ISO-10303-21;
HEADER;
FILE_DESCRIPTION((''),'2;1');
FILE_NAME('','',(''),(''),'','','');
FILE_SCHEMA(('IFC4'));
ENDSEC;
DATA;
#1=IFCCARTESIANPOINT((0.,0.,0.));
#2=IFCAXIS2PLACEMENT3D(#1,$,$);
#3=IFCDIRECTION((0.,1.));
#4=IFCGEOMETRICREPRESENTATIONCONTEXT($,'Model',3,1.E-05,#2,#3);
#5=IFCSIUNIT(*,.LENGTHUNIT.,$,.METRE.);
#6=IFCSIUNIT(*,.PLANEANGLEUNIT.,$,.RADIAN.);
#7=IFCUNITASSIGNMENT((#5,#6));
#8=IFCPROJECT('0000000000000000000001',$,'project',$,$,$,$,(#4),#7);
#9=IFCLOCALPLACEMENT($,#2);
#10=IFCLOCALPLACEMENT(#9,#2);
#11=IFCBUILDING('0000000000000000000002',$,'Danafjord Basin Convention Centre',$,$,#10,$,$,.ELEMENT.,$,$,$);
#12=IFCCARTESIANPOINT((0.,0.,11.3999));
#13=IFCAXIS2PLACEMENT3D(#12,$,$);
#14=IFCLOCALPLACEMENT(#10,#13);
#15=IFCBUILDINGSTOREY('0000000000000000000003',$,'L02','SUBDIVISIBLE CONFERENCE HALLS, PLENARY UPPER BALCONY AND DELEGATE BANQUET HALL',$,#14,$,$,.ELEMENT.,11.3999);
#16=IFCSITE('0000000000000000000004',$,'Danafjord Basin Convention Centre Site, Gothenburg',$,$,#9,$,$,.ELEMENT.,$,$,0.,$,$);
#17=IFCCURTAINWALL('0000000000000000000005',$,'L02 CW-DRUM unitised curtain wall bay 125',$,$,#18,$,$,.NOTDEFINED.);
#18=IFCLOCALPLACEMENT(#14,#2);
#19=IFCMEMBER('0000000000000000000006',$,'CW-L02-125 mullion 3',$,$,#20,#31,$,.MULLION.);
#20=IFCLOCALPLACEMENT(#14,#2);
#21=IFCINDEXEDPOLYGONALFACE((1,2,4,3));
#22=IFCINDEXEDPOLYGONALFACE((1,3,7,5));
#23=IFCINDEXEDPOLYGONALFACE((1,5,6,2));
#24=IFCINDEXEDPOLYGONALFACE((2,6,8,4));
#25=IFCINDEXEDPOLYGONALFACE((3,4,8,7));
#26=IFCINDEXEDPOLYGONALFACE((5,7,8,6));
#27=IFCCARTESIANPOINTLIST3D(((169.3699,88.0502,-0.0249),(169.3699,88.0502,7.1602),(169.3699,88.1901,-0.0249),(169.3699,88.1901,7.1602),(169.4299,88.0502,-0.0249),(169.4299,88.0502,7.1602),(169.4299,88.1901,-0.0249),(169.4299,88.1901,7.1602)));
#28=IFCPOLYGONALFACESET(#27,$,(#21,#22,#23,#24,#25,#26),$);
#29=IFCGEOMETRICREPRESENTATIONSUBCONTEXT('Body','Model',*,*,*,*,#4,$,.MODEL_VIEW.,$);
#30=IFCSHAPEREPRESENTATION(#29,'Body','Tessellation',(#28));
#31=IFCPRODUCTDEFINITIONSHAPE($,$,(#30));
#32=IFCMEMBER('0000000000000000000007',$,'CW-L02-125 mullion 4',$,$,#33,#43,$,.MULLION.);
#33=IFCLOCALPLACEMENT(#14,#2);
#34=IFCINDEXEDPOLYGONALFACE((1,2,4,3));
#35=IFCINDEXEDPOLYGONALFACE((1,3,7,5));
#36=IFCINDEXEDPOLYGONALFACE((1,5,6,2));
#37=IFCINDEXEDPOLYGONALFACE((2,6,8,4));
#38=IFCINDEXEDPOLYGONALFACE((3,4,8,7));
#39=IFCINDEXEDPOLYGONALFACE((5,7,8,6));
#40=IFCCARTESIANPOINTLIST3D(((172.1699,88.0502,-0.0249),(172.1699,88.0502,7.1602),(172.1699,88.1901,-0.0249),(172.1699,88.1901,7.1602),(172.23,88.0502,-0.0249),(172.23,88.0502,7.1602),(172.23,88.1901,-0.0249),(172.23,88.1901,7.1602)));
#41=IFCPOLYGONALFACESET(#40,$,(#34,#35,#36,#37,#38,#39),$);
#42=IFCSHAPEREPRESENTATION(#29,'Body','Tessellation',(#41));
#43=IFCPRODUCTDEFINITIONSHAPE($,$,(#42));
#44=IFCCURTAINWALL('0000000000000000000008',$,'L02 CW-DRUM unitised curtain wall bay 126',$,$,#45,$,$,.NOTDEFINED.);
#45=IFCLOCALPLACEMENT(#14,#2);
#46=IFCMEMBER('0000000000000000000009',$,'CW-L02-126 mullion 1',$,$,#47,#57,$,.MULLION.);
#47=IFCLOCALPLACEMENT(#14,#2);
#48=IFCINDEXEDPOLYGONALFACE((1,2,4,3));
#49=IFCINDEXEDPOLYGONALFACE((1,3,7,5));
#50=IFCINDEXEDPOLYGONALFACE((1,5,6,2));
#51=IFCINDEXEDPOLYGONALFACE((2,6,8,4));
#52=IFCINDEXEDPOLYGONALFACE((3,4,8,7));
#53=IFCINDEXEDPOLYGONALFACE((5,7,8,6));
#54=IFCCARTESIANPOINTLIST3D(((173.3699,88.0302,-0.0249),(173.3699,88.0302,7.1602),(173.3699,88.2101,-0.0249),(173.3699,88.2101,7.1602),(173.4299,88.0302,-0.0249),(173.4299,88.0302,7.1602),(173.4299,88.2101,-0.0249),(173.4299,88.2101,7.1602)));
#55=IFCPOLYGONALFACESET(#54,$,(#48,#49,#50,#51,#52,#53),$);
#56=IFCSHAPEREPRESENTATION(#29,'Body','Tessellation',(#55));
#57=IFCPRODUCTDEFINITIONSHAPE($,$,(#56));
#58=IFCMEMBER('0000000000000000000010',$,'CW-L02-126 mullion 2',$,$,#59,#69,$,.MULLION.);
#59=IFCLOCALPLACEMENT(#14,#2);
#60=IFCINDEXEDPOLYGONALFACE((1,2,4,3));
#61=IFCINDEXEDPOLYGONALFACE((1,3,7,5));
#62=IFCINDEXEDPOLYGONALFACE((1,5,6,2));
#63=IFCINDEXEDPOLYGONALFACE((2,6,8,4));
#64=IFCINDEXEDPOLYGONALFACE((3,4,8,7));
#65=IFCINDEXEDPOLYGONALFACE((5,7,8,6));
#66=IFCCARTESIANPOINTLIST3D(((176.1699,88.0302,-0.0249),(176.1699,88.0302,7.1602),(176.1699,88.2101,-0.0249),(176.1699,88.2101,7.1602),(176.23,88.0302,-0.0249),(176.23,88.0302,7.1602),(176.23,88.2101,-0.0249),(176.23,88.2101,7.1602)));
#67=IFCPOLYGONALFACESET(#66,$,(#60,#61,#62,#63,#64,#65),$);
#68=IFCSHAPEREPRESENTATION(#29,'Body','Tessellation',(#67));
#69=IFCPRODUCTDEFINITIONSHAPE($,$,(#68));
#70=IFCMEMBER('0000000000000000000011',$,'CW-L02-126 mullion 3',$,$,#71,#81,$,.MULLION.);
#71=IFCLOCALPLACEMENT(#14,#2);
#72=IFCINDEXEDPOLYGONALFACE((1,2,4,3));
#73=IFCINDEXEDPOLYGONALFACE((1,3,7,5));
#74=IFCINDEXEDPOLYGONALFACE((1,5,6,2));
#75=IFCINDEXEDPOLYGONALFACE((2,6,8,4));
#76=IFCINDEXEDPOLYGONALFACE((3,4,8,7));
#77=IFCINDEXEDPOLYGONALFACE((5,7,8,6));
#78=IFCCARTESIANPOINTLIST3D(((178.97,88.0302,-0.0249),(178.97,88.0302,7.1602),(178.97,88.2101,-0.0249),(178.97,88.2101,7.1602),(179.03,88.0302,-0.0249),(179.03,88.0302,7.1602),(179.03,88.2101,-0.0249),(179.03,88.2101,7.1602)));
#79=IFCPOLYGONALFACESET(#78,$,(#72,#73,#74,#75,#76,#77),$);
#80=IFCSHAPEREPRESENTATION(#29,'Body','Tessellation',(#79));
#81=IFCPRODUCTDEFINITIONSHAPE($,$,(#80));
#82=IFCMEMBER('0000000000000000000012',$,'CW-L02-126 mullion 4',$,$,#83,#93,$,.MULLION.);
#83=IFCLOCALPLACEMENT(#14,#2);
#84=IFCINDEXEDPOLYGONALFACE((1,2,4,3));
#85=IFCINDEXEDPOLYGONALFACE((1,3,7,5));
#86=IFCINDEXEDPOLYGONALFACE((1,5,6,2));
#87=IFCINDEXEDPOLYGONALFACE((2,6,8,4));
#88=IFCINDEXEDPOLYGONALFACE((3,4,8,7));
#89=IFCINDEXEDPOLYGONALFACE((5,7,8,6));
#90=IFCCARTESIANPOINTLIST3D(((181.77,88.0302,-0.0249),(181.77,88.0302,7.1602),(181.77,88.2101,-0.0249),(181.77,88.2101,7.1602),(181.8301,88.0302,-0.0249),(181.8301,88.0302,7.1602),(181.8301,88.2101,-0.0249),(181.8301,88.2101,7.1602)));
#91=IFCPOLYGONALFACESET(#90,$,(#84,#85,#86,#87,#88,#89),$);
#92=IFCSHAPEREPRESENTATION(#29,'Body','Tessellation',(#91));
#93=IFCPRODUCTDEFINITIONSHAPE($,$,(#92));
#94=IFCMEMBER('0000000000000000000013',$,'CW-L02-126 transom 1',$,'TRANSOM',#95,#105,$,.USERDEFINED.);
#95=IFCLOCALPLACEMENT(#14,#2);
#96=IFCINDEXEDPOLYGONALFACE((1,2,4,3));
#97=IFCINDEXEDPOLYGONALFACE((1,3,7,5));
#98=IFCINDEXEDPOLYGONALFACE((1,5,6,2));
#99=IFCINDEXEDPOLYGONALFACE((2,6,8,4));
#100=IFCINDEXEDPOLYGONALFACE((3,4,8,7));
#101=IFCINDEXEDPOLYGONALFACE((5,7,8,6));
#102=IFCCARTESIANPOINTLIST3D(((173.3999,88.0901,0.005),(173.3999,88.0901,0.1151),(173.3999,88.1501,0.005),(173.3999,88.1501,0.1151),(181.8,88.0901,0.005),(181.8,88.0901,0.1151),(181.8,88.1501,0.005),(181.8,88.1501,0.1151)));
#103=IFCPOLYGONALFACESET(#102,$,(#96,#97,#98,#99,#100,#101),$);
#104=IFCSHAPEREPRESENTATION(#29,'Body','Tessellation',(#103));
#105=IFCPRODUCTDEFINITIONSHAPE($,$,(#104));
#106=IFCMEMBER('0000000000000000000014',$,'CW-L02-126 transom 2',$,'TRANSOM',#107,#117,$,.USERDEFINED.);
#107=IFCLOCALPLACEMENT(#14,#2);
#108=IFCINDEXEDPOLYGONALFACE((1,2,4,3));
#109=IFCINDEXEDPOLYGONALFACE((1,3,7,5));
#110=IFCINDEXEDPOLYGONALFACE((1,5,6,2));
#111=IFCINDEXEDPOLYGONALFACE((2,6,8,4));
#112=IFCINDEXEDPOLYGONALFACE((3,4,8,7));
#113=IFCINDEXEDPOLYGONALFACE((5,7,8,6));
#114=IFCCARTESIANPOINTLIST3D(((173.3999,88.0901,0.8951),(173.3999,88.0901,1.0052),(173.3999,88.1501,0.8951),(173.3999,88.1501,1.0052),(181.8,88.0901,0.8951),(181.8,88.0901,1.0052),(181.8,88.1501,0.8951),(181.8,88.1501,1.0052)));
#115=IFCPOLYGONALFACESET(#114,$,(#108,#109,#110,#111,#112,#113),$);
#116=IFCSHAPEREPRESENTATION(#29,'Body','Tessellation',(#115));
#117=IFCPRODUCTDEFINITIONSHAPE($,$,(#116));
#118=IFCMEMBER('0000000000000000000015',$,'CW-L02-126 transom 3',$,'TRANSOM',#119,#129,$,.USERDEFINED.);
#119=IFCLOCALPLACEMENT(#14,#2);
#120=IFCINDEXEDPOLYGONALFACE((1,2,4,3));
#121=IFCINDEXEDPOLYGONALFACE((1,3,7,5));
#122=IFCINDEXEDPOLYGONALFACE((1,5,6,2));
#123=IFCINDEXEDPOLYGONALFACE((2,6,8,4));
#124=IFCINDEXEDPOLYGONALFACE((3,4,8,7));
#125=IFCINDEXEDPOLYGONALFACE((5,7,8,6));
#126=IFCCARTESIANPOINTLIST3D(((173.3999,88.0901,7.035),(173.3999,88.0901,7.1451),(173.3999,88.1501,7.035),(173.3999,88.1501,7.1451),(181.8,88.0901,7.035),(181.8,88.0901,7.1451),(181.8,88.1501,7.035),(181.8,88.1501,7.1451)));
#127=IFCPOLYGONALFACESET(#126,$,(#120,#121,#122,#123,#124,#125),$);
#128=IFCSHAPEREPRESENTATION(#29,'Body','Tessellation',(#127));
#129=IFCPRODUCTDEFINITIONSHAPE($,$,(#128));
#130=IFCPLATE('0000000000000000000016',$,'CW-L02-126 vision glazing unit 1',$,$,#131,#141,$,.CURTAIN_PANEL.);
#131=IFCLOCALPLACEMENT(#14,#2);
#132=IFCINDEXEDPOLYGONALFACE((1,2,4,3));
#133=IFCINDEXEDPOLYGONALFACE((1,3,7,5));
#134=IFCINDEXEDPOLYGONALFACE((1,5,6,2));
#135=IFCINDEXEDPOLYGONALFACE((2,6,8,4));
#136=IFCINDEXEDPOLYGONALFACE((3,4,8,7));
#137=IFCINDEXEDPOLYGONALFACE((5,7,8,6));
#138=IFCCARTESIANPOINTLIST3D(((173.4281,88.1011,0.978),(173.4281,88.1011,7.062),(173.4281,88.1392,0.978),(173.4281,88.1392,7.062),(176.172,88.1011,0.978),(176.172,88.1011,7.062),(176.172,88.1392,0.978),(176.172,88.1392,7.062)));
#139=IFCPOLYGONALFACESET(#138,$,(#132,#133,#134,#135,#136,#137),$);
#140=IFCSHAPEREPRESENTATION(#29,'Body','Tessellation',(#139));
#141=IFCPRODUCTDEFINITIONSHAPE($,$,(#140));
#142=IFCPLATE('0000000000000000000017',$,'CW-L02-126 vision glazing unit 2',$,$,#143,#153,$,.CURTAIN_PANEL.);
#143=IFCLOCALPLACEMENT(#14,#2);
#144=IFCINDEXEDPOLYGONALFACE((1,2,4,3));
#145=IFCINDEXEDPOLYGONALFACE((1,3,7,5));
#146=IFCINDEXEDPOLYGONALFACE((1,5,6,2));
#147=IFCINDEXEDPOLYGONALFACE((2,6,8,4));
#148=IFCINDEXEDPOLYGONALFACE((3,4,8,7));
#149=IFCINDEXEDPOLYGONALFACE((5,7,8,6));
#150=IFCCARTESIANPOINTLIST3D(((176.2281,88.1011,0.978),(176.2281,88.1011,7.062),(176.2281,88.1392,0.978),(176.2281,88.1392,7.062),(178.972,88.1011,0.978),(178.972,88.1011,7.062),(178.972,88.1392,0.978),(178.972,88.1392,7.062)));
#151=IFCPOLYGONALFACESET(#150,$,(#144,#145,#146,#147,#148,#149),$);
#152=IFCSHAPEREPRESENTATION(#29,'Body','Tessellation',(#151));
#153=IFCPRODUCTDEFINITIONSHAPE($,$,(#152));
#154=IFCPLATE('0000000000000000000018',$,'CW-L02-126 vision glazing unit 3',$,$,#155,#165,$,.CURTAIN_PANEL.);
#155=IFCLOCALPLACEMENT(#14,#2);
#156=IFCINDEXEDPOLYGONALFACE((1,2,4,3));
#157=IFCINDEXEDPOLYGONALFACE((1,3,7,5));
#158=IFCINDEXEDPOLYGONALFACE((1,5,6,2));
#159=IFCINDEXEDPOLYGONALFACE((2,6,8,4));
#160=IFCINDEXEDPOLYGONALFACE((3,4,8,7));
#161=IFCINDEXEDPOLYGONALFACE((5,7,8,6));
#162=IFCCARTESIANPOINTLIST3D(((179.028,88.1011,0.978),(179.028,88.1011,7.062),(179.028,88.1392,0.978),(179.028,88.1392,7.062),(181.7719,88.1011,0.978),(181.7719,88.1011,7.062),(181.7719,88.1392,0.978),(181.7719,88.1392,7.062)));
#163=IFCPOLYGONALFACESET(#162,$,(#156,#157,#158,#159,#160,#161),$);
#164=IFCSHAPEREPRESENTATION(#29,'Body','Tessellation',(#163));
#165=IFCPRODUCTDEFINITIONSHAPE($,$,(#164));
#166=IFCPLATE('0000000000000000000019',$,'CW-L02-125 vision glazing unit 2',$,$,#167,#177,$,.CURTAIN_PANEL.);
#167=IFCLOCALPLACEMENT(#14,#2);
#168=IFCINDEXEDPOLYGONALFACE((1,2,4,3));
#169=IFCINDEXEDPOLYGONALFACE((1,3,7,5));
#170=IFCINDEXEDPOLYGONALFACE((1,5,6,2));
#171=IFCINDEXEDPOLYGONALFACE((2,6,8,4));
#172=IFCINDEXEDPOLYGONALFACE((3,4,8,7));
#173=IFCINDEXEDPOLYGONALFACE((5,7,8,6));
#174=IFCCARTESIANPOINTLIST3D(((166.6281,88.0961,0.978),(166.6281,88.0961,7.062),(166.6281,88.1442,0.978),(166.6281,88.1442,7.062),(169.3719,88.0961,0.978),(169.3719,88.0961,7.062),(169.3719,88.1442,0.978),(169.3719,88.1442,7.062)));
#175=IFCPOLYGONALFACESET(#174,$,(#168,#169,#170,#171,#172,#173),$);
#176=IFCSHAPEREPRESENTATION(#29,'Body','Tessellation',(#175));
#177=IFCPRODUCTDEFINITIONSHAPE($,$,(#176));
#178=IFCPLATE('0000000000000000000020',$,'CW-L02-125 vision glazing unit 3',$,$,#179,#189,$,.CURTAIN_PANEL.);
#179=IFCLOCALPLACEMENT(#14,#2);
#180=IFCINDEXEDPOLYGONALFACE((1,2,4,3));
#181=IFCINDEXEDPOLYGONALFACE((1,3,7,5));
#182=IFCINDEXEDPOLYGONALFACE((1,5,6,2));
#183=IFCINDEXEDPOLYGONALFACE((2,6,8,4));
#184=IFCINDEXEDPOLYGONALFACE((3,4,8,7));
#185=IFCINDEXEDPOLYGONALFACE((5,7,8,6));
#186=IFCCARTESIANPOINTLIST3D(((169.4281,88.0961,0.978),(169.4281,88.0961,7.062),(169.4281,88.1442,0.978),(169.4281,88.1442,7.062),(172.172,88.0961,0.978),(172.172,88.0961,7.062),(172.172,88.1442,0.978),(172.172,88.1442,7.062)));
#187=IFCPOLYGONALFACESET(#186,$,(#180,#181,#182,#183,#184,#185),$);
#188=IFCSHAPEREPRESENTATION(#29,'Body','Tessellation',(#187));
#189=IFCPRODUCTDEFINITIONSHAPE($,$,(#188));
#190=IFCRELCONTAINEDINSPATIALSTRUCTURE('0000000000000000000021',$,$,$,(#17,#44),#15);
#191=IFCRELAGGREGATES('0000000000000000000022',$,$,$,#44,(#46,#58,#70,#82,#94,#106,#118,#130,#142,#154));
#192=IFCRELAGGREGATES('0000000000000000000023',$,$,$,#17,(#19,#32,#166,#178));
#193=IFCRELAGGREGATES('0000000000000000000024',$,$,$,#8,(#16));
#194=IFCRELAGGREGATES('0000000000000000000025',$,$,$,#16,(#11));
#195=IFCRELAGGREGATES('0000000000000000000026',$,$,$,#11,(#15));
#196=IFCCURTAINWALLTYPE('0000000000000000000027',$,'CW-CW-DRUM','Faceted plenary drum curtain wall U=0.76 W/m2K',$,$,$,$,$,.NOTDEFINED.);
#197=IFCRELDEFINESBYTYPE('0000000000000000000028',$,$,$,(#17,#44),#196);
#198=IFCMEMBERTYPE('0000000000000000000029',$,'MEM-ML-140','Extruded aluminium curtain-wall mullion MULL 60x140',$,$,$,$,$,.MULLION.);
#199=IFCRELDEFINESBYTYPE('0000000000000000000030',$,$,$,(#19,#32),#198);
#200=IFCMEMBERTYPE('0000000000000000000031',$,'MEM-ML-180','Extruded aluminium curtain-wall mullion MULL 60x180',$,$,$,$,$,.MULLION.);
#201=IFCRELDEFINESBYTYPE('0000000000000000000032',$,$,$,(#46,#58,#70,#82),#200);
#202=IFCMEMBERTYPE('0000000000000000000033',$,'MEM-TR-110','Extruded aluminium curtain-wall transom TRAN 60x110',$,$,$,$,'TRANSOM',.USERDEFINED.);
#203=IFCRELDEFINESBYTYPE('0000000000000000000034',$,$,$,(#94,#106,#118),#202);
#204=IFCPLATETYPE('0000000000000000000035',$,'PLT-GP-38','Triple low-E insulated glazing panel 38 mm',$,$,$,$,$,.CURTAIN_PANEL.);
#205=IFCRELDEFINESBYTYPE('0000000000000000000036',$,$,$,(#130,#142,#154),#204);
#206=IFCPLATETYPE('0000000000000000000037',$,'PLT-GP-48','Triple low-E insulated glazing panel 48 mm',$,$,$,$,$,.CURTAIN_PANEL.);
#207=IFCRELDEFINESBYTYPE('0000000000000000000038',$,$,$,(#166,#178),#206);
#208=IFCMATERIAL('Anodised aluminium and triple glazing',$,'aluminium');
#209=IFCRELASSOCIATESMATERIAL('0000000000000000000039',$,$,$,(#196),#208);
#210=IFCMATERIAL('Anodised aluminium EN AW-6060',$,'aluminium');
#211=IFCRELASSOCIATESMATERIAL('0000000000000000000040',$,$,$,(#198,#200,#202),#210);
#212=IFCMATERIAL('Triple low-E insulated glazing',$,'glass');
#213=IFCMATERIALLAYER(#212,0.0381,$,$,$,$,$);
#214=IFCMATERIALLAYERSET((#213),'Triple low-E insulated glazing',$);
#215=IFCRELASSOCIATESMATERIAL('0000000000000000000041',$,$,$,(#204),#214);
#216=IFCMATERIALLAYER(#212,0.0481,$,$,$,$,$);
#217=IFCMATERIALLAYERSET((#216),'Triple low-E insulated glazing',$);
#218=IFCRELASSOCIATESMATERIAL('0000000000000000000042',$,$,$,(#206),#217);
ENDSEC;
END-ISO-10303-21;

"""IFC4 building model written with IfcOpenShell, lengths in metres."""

from ifc_helpers import new_model, si_unit, direction, frame, origin, origin_2d, place, context, subcontext, project, spatial, rectangle, extrude, material, layer, layer_set, material_profile, profile_set, type_object, element, aggregate, save


model = new_model("IFC4")

# Units and contexts
model_context = context("Model", 3, precision=1e-05, world=origin(), true_north=direction((0.0, 1.0)))
body_context = subcontext(model_context, "Body", "Model", "MODEL_VIEW")
ifc_project = project(units=[si_unit("LENGTHUNIT", "METRE"), si_unit("PLANEANGLEUNIT", "RADIAN")], contexts=[model_context])

# Site, building, storey
site_placement = place(None, origin())
site = spatial("IfcSite", under=ifc_project, at=site_placement, Name="Danafjord Basin Convention Centre Site, Gothenburg", CompositionType="ELEMENT", RefElevation=0.0)
building_placement = place(site_placement, origin())
building = spatial("IfcBuilding", under=site, at=building_placement, Name="Danafjord Basin Convention Centre", CompositionType="ELEMENT")
storey_placement = place(building_placement, frame((0.0, 0.0, 11.3999)))
storey = spatial("IfcBuildingStorey", under=building, at=storey_placement, Name="L02", Description="SUBDIVISIBLE CONFERENCE HALLS, PLENARY UPPER BALCONY AND DELEGATE BANQUET HALL", CompositionType="ELEMENT", Elevation=11.3999)

# Curtain wall, members
ifc_material_1 = material(Name="Anodised aluminium and triple glazing", Category="aluminium")
curtain_wall_type = type_object("IfcCurtainWallType", Name="CW-CW-DRUM", Description="Faceted plenary drum curtain wall U=0.76 W/m2K", PredefinedType="NOTDEFINED", material=ifc_material_1)
curtain_wall_1_placement = place(storey_placement, origin())
curtain_wall_1 = element("IfcCurtainWall", 1, at=curtain_wall_1_placement, inside=storey, type_object=curtain_wall_type, Name="L02 CW-DRUM unitised curtain wall bay 125", PredefinedType="NOTDEFINED")
ifc_material_2 = material(Name="Anodised aluminium EN AW-6060", Category="aluminium")
ifc_material_profile_1 = material_profile(ifc_material_2, rectangle(XDim=0.0601, YDim=0.1399, at=origin_2d()), Name="MULL 60x140")
ifc_profile_set_1 = profile_set([ifc_material_profile_1], Name="Anodised aluminium EN AW-6060")
member_type_1 = type_object("IfcMemberType", Name="MEM-ML-140", Description="Extruded aluminium curtain-wall mullion MULL 60x140", PredefinedType="MULLION", material=ifc_profile_set_1)
member_1_placement = place(storey_placement, frame((169.3999, 88.1201, -0.0249), z_axis=(0.0, 0.0, 1.0), x_axis=(1.0, 0.0, 0.0)))
member_1 = element("IfcMember", 2, at=member_1_placement, type_object=member_type_1, Name="CW-L02-125 mullion 3", PredefinedType="MULLION", context=body_context, shape_type="SweptSolid", body=[
    extrude(rectangle(XDim=0.0601, YDim=0.1399, at=origin_2d()), origin(), (0.0, 0.0, 1.0), 7.1851),
])
member_2_placement = place(storey_placement, frame((172.2, 88.1201, -0.0249), z_axis=(0.0, 0.0, 1.0), x_axis=(1.0, 0.0, 0.0)))
member_2 = element("IfcMember", 3, at=member_2_placement, type_object=member_type_1, Name="CW-L02-125 mullion 4", PredefinedType="MULLION", context=body_context, shape_type="SweptSolid", body=[
    extrude(rectangle(XDim=0.0601, YDim=0.1399, at=origin_2d()), origin(), (0.0, 0.0, 1.0), 7.1851),
])

# Curtain wall, members, plates
curtain_wall_2_placement = place(storey_placement, origin())
curtain_wall_2 = element("IfcCurtainWall", 4, at=curtain_wall_2_placement, inside=storey, type_object=curtain_wall_type, Name="L02 CW-DRUM unitised curtain wall bay 126", PredefinedType="NOTDEFINED")
ifc_material_profile_2 = material_profile(ifc_material_2, rectangle(XDim=0.0601, YDim=0.1799, at=origin_2d()), Name="MULL 60x180")
ifc_profile_set_2 = profile_set([ifc_material_profile_2], Name="Anodised aluminium EN AW-6060")
member_type_2 = type_object("IfcMemberType", Name="MEM-ML-180", Description="Extruded aluminium curtain-wall mullion MULL 60x180", PredefinedType="MULLION", material=ifc_profile_set_2)
member_3_placement = place(storey_placement, frame((173.3999, 88.1201, -0.0249), z_axis=(0.0, 0.0, 1.0), x_axis=(1.0, 0.0, 0.0)))
member_3 = element("IfcMember", 5, at=member_3_placement, type_object=member_type_2, Name="CW-L02-126 mullion 1", PredefinedType="MULLION", context=body_context, shape_type="SweptSolid", body=[
    extrude(rectangle(XDim=0.0601, YDim=0.1799, at=origin_2d()), origin(), (0.0, 0.0, 1.0), 7.1851),
])
member_4_placement = place(storey_placement, frame((176.2, 88.1201, -0.0249), z_axis=(0.0, 0.0, 1.0), x_axis=(1.0, 0.0, 0.0)))
member_4 = element("IfcMember", 6, at=member_4_placement, type_object=member_type_2, Name="CW-L02-126 mullion 2", PredefinedType="MULLION", context=body_context, shape_type="SweptSolid", body=[
    extrude(rectangle(XDim=0.0601, YDim=0.1799, at=origin_2d()), origin(), (0.0, 0.0, 1.0), 7.1851),
])
member_5_placement = place(storey_placement, frame((179.0, 88.1201, -0.0249), z_axis=(0.0, 0.0, 1.0), x_axis=(1.0, 0.0, 0.0)))
member_5 = element("IfcMember", 7, at=member_5_placement, type_object=member_type_2, Name="CW-L02-126 mullion 3", PredefinedType="MULLION", context=body_context, shape_type="SweptSolid", body=[
    extrude(rectangle(XDim=0.0601, YDim=0.1799, at=origin_2d()), origin(), (0.0, 0.0, 1.0), 7.1851),
])
member_6_placement = place(storey_placement, frame((181.8, 88.1201, -0.0249), z_axis=(0.0, 0.0, 1.0), x_axis=(1.0, 0.0, 0.0)))
member_6 = element("IfcMember", 8, at=member_6_placement, type_object=member_type_2, Name="CW-L02-126 mullion 4", PredefinedType="MULLION", context=body_context, shape_type="SweptSolid", body=[
    extrude(rectangle(XDim=0.0601, YDim=0.1799, at=origin_2d()), origin(), (0.0, 0.0, 1.0), 7.1851),
])
ifc_material_profile_3 = material_profile(ifc_material_2, rectangle(XDim=0.0601, YDim=0.1101, at=origin_2d()), Name="TRAN 60x110")
ifc_profile_set_3 = profile_set([ifc_material_profile_3], Name="Anodised aluminium EN AW-6060")
member_type_3 = type_object("IfcMemberType", Name="MEM-TR-110", Description="Extruded aluminium curtain-wall transom TRAN 60x110", ElementType="TRANSOM", PredefinedType="USERDEFINED", material=ifc_profile_set_3)
member_7_placement = place(storey_placement, frame((173.3999, 88.1201, 0.0601), z_axis=(1.0, 0.0, 0.0), x_axis=(0.0, 1.0, 0.0)))
member_7 = element("IfcMember", 9, at=member_7_placement, type_object=member_type_3, Name="CW-L02-126 transom 1", ObjectType="TRANSOM", PredefinedType="USERDEFINED", context=body_context, shape_type="SweptSolid", body=[
    extrude(rectangle(XDim=0.0601, YDim=0.1101, at=origin_2d()), origin(), (0.0, 0.0, 1.0), 8.4001),
])
member_8_placement = place(storey_placement, frame((173.3999, 88.1201, 0.9502), z_axis=(1.0, 0.0, 0.0), x_axis=(0.0, 1.0, 0.0)))
member_8 = element("IfcMember", 10, at=member_8_placement, type_object=member_type_3, Name="CW-L02-126 transom 2", ObjectType="TRANSOM", PredefinedType="USERDEFINED", context=body_context, shape_type="SweptSolid", body=[
    extrude(rectangle(XDim=0.0601, YDim=0.1101, at=origin_2d()), origin(), (0.0, 0.0, 1.0), 8.4001),
])
member_9_placement = place(storey_placement, frame((173.3999, 88.1201, 7.0901), z_axis=(1.0, 0.0, 0.0), x_axis=(0.0, 1.0, 0.0)))
member_9 = element("IfcMember", 11, at=member_9_placement, type_object=member_type_3, Name="CW-L02-126 transom 3", ObjectType="TRANSOM", PredefinedType="USERDEFINED", context=body_context, shape_type="SweptSolid", body=[
    extrude(rectangle(XDim=0.0601, YDim=0.1101, at=origin_2d()), origin(), (0.0, 0.0, 1.0), 8.4001),
])
ifc_material_3 = material(Name="Triple low-E insulated glazing", Category="glass")
ifc_layer_1 = layer(ifc_material_3, 0.0381)
ifc_layer_set_1 = layer_set([ifc_layer_1], Name="Triple low-E insulated glazing")
plate_type_1 = type_object("IfcPlateType", Name="PLT-GP-38", Description="Triple low-E insulated glazing panel 38 mm", PredefinedType="CURTAIN_PANEL", material=ifc_layer_set_1)
plate_1_placement = place(storey_placement, frame((174.8, 88.1201, 0.978), z_axis=(0.0, 0.0, 1.0), x_axis=(1.0, 0.0, 0.0)))
plate_1 = element("IfcPlate", 12, at=plate_1_placement, type_object=plate_type_1, Name="CW-L02-126 vision glazing unit 1", PredefinedType="CURTAIN_PANEL", context=body_context, shape_type="SweptSolid", body=[
    extrude(rectangle(XDim=2.7439, YDim=0.0381, at=origin_2d()), origin(), (0.0, 0.0, 1.0), 6.084),
])
plate_2_placement = place(storey_placement, frame((177.6001, 88.1201, 0.978), z_axis=(0.0, 0.0, 1.0), x_axis=(1.0, 0.0, 0.0)))
plate_2 = element("IfcPlate", 13, at=plate_2_placement, type_object=plate_type_1, Name="CW-L02-126 vision glazing unit 2", PredefinedType="CURTAIN_PANEL", context=body_context, shape_type="SweptSolid", body=[
    extrude(rectangle(XDim=2.7439, YDim=0.0381, at=origin_2d()), origin(), (0.0, 0.0, 1.0), 6.084),
])
plate_3_placement = place(storey_placement, frame((180.3999, 88.1201, 0.978), z_axis=(0.0, 0.0, 1.0), x_axis=(1.0, 0.0, 0.0)))
plate_3 = element("IfcPlate", 14, at=plate_3_placement, type_object=plate_type_1, Name="CW-L02-126 vision glazing unit 3", PredefinedType="CURTAIN_PANEL", context=body_context, shape_type="SweptSolid", body=[
    extrude(rectangle(XDim=2.7439, YDim=0.0381, at=origin_2d()), origin(), (0.0, 0.0, 1.0), 6.084),
])

# Plates
ifc_layer_2 = layer(ifc_material_3, 0.0481)
ifc_layer_set_2 = layer_set([ifc_layer_2], Name="Triple low-E insulated glazing")
plate_type_2 = type_object("IfcPlateType", Name="PLT-GP-48", Description="Triple low-E insulated glazing panel 48 mm", PredefinedType="CURTAIN_PANEL", material=ifc_layer_set_2)
plate_4_placement = place(storey_placement, frame((168.0, 88.1201, 0.978), z_axis=(0.0, 0.0, 1.0), x_axis=(1.0, 0.0, 0.0)))
plate_4 = element("IfcPlate", 15, at=plate_4_placement, type_object=plate_type_2, Name="CW-L02-125 vision glazing unit 2", PredefinedType="CURTAIN_PANEL", context=body_context, shape_type="SweptSolid", body=[
    extrude(rectangle(XDim=2.7439, YDim=0.0481, at=origin_2d()), origin(), (0.0, 0.0, 1.0), 6.084),
])
plate_5_placement = place(storey_placement, frame((170.8, 88.1201, 0.978), z_axis=(0.0, 0.0, 1.0), x_axis=(1.0, 0.0, 0.0)))
plate_5 = element("IfcPlate", 16, at=plate_5_placement, type_object=plate_type_2, Name="CW-L02-125 vision glazing unit 3", PredefinedType="CURTAIN_PANEL", context=body_context, shape_type="SweptSolid", body=[
    extrude(rectangle(XDim=2.7439, YDim=0.0481, at=origin_2d()), origin(), (0.0, 0.0, 1.0), 6.084),
])
aggregate(curtain_wall_2, [member_3, member_4, member_5, member_6, member_7, member_8, member_9, plate_1, plate_2, plate_3])
aggregate(curtain_wall_1, [member_1, member_2, plate_4, plate_5])

save(model, "model.ifc")
